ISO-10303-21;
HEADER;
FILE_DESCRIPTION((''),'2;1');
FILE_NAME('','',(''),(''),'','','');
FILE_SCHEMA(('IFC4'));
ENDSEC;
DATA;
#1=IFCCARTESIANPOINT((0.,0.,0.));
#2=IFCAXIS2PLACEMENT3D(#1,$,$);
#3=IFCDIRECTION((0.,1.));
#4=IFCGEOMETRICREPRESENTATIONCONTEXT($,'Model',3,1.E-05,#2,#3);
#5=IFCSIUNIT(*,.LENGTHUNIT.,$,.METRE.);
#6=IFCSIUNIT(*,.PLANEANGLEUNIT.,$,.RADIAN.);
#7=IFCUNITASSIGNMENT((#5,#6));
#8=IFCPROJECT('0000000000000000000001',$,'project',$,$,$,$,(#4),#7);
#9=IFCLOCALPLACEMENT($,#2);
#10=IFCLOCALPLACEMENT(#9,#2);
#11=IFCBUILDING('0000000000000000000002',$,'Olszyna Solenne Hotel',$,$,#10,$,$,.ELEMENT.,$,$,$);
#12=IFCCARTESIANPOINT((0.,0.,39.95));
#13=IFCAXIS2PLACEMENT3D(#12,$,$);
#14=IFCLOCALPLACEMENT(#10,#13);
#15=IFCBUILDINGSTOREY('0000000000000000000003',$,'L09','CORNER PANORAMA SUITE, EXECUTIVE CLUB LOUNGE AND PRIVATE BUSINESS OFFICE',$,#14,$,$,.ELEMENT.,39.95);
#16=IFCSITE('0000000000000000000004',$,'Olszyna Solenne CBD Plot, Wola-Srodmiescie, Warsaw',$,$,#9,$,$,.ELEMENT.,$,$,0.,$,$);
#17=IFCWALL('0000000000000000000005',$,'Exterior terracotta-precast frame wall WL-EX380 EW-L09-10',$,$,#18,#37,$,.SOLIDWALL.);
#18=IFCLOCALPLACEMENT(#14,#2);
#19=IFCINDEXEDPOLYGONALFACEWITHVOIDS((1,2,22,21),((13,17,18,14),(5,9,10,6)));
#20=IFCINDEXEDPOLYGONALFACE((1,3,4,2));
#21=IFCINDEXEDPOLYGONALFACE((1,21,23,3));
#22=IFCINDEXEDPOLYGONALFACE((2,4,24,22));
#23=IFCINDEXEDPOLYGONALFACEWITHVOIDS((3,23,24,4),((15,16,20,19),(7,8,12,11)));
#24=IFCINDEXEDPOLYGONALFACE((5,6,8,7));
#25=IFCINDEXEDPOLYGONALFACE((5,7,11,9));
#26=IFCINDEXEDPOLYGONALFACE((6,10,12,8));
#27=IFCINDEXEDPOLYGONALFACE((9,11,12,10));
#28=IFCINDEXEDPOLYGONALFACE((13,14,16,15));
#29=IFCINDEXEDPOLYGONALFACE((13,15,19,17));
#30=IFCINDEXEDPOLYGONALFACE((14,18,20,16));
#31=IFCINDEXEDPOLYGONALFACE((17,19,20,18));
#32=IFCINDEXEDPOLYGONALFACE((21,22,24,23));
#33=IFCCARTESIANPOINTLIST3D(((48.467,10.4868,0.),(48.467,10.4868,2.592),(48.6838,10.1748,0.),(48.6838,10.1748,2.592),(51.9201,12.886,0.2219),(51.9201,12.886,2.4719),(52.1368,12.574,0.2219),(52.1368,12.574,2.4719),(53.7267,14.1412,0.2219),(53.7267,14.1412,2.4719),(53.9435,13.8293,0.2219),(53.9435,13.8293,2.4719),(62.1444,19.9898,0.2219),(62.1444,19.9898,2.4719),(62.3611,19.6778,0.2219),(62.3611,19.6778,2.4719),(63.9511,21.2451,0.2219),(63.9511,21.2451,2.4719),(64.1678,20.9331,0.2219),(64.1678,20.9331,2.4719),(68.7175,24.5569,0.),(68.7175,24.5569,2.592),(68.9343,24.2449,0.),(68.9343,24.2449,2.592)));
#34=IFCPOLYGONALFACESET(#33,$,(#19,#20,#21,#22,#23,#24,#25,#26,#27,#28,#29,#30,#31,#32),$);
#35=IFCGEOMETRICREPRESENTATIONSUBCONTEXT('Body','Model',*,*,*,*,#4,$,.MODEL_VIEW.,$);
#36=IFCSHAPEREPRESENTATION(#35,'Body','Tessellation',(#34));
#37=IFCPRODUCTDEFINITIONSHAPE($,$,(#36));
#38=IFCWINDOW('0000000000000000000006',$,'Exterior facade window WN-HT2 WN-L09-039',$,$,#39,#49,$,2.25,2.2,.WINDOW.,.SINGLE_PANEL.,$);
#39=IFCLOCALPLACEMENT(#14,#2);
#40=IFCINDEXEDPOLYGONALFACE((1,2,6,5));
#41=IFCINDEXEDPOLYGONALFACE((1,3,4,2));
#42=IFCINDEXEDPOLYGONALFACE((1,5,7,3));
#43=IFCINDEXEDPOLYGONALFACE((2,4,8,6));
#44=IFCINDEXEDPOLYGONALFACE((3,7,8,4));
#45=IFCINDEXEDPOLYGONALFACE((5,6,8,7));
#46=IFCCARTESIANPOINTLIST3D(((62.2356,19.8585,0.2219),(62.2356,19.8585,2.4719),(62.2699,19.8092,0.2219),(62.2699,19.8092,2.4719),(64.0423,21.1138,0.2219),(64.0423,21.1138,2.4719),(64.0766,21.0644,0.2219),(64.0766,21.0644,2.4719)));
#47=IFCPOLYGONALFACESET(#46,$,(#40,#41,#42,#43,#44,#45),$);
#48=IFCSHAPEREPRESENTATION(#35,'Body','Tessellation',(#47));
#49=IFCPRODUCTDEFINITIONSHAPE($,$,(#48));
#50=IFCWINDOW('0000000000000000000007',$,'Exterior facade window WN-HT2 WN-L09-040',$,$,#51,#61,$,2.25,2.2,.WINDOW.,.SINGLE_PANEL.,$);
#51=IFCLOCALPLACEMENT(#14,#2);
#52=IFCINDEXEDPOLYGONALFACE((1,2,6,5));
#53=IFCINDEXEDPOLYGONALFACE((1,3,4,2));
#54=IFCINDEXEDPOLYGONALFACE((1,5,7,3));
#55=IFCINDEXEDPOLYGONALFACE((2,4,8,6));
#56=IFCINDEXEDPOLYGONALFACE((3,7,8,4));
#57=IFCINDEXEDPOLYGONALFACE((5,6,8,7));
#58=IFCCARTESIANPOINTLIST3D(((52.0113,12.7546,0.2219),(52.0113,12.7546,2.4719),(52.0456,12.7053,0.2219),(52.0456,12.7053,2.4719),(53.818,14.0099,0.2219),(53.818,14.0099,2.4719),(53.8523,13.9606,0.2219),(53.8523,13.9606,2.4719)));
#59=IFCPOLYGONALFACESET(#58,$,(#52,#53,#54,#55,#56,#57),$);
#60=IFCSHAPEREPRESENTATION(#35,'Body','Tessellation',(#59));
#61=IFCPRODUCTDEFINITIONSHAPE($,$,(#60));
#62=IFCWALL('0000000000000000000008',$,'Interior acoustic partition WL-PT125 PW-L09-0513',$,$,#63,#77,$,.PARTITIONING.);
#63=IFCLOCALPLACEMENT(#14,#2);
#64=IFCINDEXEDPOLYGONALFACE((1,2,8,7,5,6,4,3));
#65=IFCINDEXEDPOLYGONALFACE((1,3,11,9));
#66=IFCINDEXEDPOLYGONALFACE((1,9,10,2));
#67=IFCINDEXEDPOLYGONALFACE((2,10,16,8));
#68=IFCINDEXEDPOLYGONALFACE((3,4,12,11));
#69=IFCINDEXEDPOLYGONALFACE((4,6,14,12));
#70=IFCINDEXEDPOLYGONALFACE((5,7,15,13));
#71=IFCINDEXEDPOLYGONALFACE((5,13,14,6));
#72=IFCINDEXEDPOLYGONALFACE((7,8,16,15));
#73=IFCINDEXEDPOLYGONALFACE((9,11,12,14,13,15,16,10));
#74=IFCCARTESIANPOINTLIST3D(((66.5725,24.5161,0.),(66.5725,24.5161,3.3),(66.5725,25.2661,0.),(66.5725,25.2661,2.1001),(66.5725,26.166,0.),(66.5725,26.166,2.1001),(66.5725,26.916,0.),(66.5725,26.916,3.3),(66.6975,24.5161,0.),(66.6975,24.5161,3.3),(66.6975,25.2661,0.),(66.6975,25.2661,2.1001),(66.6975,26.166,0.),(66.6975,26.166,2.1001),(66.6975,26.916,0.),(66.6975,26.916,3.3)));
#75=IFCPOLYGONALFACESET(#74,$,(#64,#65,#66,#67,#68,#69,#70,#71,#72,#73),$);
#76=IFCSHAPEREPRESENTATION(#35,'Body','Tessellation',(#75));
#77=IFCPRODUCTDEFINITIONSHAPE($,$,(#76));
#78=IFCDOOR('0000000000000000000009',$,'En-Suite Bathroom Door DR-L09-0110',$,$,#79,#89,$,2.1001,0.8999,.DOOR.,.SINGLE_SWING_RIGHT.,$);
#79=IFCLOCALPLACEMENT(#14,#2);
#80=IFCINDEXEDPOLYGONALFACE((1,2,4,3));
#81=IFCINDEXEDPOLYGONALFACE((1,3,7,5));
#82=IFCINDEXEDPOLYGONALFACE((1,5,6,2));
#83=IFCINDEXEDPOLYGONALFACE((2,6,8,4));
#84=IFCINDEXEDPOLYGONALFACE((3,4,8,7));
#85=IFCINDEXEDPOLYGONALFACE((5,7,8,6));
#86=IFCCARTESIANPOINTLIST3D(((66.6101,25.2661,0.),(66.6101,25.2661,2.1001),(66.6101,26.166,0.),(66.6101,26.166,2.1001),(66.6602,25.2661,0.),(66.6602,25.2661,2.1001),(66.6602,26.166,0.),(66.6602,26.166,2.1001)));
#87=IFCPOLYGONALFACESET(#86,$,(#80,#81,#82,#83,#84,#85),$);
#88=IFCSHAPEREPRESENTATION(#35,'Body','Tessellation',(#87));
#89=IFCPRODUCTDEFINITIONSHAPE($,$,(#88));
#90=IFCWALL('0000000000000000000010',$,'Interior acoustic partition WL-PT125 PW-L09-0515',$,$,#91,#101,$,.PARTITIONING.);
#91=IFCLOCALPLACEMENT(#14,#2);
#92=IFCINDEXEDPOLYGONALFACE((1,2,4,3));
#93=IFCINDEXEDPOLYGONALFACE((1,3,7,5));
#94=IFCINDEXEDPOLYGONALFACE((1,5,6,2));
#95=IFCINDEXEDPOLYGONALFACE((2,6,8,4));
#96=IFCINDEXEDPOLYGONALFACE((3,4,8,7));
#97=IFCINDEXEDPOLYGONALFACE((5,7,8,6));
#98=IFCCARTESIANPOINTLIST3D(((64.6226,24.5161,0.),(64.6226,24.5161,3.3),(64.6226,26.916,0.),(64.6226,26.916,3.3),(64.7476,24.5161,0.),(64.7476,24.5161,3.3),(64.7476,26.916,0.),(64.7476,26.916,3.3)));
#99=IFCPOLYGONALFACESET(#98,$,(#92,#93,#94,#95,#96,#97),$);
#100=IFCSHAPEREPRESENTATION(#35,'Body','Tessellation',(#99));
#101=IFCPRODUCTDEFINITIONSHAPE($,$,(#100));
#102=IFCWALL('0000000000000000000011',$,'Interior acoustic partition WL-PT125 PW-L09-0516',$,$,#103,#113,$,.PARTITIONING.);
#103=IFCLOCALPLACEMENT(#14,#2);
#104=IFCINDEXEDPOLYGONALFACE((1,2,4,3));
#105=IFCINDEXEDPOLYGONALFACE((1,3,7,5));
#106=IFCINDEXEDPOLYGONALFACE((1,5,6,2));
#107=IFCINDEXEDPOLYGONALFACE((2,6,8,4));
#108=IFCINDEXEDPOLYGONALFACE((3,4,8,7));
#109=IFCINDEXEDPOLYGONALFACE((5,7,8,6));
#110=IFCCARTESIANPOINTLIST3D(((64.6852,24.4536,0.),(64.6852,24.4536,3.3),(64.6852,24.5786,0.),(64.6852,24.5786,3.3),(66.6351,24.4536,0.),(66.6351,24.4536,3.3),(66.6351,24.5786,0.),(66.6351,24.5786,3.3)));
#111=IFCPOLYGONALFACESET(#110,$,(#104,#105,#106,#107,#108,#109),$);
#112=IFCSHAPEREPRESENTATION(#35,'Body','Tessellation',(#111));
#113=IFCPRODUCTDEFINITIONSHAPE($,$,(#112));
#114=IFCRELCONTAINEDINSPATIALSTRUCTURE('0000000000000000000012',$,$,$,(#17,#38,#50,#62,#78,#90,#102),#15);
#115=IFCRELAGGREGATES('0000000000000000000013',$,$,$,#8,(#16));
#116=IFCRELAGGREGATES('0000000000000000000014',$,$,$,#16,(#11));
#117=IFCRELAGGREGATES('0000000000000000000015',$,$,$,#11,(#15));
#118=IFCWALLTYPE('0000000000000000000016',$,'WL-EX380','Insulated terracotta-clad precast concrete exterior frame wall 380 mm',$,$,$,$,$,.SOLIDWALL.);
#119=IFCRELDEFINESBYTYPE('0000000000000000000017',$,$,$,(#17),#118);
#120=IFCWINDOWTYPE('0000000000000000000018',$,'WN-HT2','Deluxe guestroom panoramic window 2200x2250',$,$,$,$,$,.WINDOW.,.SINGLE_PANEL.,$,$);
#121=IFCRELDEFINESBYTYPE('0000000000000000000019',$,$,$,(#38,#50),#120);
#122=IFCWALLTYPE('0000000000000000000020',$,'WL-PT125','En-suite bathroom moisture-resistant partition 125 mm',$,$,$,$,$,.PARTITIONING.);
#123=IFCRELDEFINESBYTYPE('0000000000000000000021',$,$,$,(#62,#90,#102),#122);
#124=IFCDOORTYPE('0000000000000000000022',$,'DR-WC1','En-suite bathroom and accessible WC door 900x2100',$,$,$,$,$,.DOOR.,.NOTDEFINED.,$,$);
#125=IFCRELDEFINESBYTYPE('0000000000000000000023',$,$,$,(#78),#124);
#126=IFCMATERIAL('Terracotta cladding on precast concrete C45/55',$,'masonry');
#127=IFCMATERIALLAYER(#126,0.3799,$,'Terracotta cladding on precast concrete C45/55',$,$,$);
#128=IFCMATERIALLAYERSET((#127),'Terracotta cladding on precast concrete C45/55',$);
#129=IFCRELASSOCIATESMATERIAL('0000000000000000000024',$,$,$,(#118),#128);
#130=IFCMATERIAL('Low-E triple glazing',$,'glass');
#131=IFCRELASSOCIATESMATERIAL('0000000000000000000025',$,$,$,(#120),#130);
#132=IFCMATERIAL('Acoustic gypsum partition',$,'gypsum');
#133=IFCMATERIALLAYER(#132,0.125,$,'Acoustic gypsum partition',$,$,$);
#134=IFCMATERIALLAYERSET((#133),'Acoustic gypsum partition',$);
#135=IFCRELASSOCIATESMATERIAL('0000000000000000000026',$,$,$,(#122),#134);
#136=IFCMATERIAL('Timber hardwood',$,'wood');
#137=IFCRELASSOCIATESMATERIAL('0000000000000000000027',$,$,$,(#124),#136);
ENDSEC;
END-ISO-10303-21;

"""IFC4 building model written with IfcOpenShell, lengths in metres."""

from ifc_helpers import new_model, si_unit, direction, frame, frame_2d, origin, place, context, subcontext, project, spatial, rectangle, extrude, source, transform, mapped, material, layer, layer_set, type_object, type_shapes, element, fill, save


model = new_model("IFC4")

# Units and contexts
model_context = context("Model", 3, precision=1e-05, world=origin(), true_north=direction((0.0, 1.0)))
body_context = subcontext(model_context, "Body", "Model", "MODEL_VIEW")
ifc_project = project(units=[si_unit("LENGTHUNIT", "METRE"), si_unit("PLANEANGLEUNIT", "RADIAN")], contexts=[model_context])

# Site, building, storey
site_placement = place(None, origin())
site = spatial("IfcSite", under=ifc_project, at=site_placement, Name="Olszyna Solenne CBD Plot, Wola-Srodmiescie, Warsaw", CompositionType="ELEMENT", RefElevation=0.0)
building_placement = place(site_placement, origin())
building = spatial("IfcBuilding", under=site, at=building_placement, Name="Olszyna Solenne Hotel", CompositionType="ELEMENT")
storey_placement = place(building_placement, frame((0.0, 0.0, 39.95)))
storey = spatial("IfcBuildingStorey", under=building, at=storey_placement, Name="L09", Description="CORNER PANORAMA SUITE, EXECUTIVE CLUB LOUNGE AND PRIVATE BUSINESS OFFICE", CompositionType="ELEMENT", Elevation=39.95)

# Wall, openings, windows
ifc_material_1 = material(Name="Terracotta cladding on precast concrete C45/55", Category="masonry")
ifc_layer_1 = layer(ifc_material_1, 0.3799, Name="Terracotta cladding on precast concrete C45/55")
ifc_layer_set_1 = layer_set([ifc_layer_1], Name="Terracotta cladding on precast concrete C45/55")
wall_type_1 = type_object("IfcWallType", Name="WL-EX380", Description="Insulated terracotta-clad precast concrete exterior frame wall 380 mm", PredefinedType="SOLIDWALL", material=ifc_layer_set_1)
wall_1_placement = place(storey_placement, frame((68.8259, 24.4009, 0.0), z_axis=(0.0, 0.0, 1.0), x_axis=(-0.821233, -0.570594, 0.0)))
wall_1 = element("IfcWall", 1, at=wall_1_placement, inside=storey, type_object=wall_type_1, Name="Exterior terracotta-precast frame wall WL-EX380 EW-L09-10", PredefinedType="SOLIDWALL", context=body_context, shape_type="SweptSolid", body=[
    extrude(rectangle(XDim=24.6587, YDim=0.3799, at=frame_2d((12.3293, 0.0))), origin(), (0.0, 0.0, 1.0), 2.592),
])
opening_1_placement = place(wall_1_placement, frame((5.804, 0.0, 0.2219)))
opening_1 = element("IfcOpeningElement", 2, at=opening_1_placement, cuts=wall_1, PredefinedType="OPENING", context=body_context, shape_type="SweptSolid", body=[
    extrude(rectangle(XDim=2.2, YDim=2.25, at=frame_2d((1.1001, 1.125))), frame((0.0, 0.2, 0.0), z_axis=(0.0, -1.0, 0.0), x_axis=(1.0, 0.0, 0.0)), (0.0, 0.0, 1.0), 0.3999),
])
opening_2_placement = place(wall_1_placement, frame((18.2539, 0.0, 0.2219)))
opening_2 = element("IfcOpeningElement", 3, at=opening_2_placement, cuts=wall_1, PredefinedType="OPENING", context=body_context, shape_type="SweptSolid", body=[
    extrude(rectangle(XDim=2.2, YDim=2.25, at=frame_2d((1.1001, 1.125))), frame((0.0, 0.2, 0.0), z_axis=(0.0, -1.0, 0.0), x_axis=(1.0, 0.0, 0.0)), (0.0, 0.0, 1.0), 0.3999),
])
ifc_material_2 = material(Name="Low-E triple glazing", Category="glass")
window_type = type_object("IfcWindowType", Name="WN-HT2", Description="Deluxe guestroom panoramic window 2200x2250", PartitioningType="SINGLE_PANEL", PredefinedType="WINDOW", material=ifc_material_2)
shared_shape_1 = source(origin(), body_context, "Body", "SweptSolid", [
    extrude(rectangle(XDim=2.2, YDim=2.25, at=frame_2d((1.1001, 1.125))), frame((0.0, 0.03, 0.0), z_axis=(0.0, -1.0, 0.0), x_axis=(1.0, 0.0, 0.0)), (0.0, 0.0, 1.0), 0.0601),
])
type_shapes(window_type, [shared_shape_1])
window_1_placement = place(opening_1_placement, origin())
window_1 = element("IfcWindow", 4, at=window_1_placement, inside=storey, type_object=window_type, Name="Exterior facade window WN-HT2 WN-L09-039", OverallHeight=2.25, OverallWidth=2.2, PartitioningType="SINGLE_PANEL", PredefinedType="WINDOW", context=body_context, shape_type="MappedRepresentation", body=[
    mapped(shared_shape_1, transform((0.0, 0.0, 0.0), x_axis=(1.0, 0.0, 0.0), y_axis=(0.0, 1.0, 0.0), z_axis=(0.0, 0.0, 1.0), scale=1.0)),
])
fill(opening_1, window_1)
window_2_placement = place(opening_2_placement, origin())
window_2 = element("IfcWindow", 5, at=window_2_placement, inside=storey, type_object=window_type, Name="Exterior facade window WN-HT2 WN-L09-040", OverallHeight=2.25, OverallWidth=2.2, PartitioningType="SINGLE_PANEL", PredefinedType="WINDOW", context=body_context, shape_type="MappedRepresentation", body=[
    mapped(shared_shape_1, transform((0.0, 0.0, 0.0), x_axis=(1.0, 0.0, 0.0), y_axis=(0.0, 1.0, 0.0), z_axis=(0.0, 0.0, 1.0), scale=1.0)),
])
fill(opening_2, window_2)

# Wall, opening, door
ifc_material_3 = material(Name="Acoustic gypsum partition", Category="gypsum")
ifc_layer_2 = layer(ifc_material_3, 0.125, Name="Acoustic gypsum partition")
ifc_layer_set_2 = layer_set([ifc_layer_2], Name="Acoustic gypsum partition")
wall_type_2 = type_object("IfcWallType", Name="WL-PT125", Description="En-suite bathroom moisture-resistant partition 125 mm", PredefinedType="PARTITIONING", material=ifc_layer_set_2)
wall_2_placement = place(storey_placement, frame((66.635, 24.5161, 0.0), z_axis=(0.0, 0.0, 1.0), x_axis=(0.0, 1.0, 0.0)))
wall_2 = element("IfcWall", 6, at=wall_2_placement, inside=storey, type_object=wall_type_2, Name="Interior acoustic partition WL-PT125 PW-L09-0513", PredefinedType="PARTITIONING", context=body_context, shape_type="SweptSolid", body=[
    extrude(rectangle(XDim=2.3999, YDim=0.125, at=frame_2d((1.2, 0.0))), origin(), (0.0, 0.0, 1.0), 3.3),
])
opening_3_placement = place(wall_2_placement, frame((0.75, 0.0, 0.0)))
opening_3 = element("IfcOpeningElement", 7, at=opening_3_placement, cuts=wall_2, PredefinedType="OPENING", context=body_context, shape_type="SweptSolid", body=[
    extrude(rectangle(XDim=0.8999, YDim=2.1001, at=frame_2d((0.45, 1.05))), frame((0.0, 0.0725, 0.0), z_axis=(0.0, -1.0, 0.0), x_axis=(1.0, 0.0, 0.0)), (0.0, 0.0, 1.0), 0.145),
])
ifc_material_4 = material(Name="Timber hardwood", Category="wood")
door_type = type_object("IfcDoorType", Name="DR-WC1", Description="En-suite bathroom and accessible WC door 900x2100", OperationType="NOTDEFINED", PredefinedType="DOOR", material=ifc_material_4)
shared_shape_2 = source(origin(), body_context, "Body", "SweptSolid", [
    extrude(rectangle(XDim=0.8999, YDim=2.1001, at=frame_2d((0.45, 1.05))), frame((0.0, 0.0249, 0.0), z_axis=(0.0, -1.0, 0.0), x_axis=(1.0, 0.0, 0.0)), (0.0, 0.0, 1.0), 0.05),
])
type_shapes(door_type, [shared_shape_2])
door_placement = place(opening_3_placement, origin())
door = element("IfcDoor", 8, at=door_placement, inside=storey, type_object=door_type, Name="En-Suite Bathroom Door DR-L09-0110", OperationType="SINGLE_SWING_RIGHT", OverallHeight=2.1001, OverallWidth=0.8999, PredefinedType="DOOR", context=body_context, shape_type="MappedRepresentation", body=[
    mapped(shared_shape_2, transform((0.0, 0.0, 0.0), x_axis=(1.0, 0.0, 0.0), y_axis=(0.0, 1.0, 0.0), z_axis=(0.0, 0.0, 1.0), scale=1.0)),
])
fill(opening_3, door)

# Walls
wall_3_placement = place(storey_placement, frame((64.6851, 26.916, 0.0), z_axis=(0.0, 0.0, 1.0), x_axis=(0.0, -1.0, 0.0)))
element("IfcWall", 9, at=wall_3_placement, inside=storey, type_object=wall_type_2, Name="Interior acoustic partition WL-PT125 PW-L09-0515", PredefinedType="PARTITIONING", context=body_context, shape_type="SweptSolid", body=[
    extrude(rectangle(XDim=2.3999, YDim=0.125, at=frame_2d((1.2, 0.0))), origin(), (0.0, 0.0, 1.0), 3.3),
])
wall_4_placement = place(storey_placement, frame((64.6851, 24.5161, 0.0), z_axis=(0.0, 0.0, 1.0), x_axis=(1.0, 0.0, 0.0)))
element("IfcWall", 10, at=wall_4_placement, inside=storey, type_object=wall_type_2, Name="Interior acoustic partition WL-PT125 PW-L09-0516", PredefinedType="PARTITIONING", context=body_context, shape_type="SweptSolid", body=[
    extrude(rectangle(XDim=1.95, YDim=0.125, at=frame_2d((0.9751, 0.0))), origin(), (0.0, 0.0, 1.0), 3.3),
])

save(model, "model.ifc")
